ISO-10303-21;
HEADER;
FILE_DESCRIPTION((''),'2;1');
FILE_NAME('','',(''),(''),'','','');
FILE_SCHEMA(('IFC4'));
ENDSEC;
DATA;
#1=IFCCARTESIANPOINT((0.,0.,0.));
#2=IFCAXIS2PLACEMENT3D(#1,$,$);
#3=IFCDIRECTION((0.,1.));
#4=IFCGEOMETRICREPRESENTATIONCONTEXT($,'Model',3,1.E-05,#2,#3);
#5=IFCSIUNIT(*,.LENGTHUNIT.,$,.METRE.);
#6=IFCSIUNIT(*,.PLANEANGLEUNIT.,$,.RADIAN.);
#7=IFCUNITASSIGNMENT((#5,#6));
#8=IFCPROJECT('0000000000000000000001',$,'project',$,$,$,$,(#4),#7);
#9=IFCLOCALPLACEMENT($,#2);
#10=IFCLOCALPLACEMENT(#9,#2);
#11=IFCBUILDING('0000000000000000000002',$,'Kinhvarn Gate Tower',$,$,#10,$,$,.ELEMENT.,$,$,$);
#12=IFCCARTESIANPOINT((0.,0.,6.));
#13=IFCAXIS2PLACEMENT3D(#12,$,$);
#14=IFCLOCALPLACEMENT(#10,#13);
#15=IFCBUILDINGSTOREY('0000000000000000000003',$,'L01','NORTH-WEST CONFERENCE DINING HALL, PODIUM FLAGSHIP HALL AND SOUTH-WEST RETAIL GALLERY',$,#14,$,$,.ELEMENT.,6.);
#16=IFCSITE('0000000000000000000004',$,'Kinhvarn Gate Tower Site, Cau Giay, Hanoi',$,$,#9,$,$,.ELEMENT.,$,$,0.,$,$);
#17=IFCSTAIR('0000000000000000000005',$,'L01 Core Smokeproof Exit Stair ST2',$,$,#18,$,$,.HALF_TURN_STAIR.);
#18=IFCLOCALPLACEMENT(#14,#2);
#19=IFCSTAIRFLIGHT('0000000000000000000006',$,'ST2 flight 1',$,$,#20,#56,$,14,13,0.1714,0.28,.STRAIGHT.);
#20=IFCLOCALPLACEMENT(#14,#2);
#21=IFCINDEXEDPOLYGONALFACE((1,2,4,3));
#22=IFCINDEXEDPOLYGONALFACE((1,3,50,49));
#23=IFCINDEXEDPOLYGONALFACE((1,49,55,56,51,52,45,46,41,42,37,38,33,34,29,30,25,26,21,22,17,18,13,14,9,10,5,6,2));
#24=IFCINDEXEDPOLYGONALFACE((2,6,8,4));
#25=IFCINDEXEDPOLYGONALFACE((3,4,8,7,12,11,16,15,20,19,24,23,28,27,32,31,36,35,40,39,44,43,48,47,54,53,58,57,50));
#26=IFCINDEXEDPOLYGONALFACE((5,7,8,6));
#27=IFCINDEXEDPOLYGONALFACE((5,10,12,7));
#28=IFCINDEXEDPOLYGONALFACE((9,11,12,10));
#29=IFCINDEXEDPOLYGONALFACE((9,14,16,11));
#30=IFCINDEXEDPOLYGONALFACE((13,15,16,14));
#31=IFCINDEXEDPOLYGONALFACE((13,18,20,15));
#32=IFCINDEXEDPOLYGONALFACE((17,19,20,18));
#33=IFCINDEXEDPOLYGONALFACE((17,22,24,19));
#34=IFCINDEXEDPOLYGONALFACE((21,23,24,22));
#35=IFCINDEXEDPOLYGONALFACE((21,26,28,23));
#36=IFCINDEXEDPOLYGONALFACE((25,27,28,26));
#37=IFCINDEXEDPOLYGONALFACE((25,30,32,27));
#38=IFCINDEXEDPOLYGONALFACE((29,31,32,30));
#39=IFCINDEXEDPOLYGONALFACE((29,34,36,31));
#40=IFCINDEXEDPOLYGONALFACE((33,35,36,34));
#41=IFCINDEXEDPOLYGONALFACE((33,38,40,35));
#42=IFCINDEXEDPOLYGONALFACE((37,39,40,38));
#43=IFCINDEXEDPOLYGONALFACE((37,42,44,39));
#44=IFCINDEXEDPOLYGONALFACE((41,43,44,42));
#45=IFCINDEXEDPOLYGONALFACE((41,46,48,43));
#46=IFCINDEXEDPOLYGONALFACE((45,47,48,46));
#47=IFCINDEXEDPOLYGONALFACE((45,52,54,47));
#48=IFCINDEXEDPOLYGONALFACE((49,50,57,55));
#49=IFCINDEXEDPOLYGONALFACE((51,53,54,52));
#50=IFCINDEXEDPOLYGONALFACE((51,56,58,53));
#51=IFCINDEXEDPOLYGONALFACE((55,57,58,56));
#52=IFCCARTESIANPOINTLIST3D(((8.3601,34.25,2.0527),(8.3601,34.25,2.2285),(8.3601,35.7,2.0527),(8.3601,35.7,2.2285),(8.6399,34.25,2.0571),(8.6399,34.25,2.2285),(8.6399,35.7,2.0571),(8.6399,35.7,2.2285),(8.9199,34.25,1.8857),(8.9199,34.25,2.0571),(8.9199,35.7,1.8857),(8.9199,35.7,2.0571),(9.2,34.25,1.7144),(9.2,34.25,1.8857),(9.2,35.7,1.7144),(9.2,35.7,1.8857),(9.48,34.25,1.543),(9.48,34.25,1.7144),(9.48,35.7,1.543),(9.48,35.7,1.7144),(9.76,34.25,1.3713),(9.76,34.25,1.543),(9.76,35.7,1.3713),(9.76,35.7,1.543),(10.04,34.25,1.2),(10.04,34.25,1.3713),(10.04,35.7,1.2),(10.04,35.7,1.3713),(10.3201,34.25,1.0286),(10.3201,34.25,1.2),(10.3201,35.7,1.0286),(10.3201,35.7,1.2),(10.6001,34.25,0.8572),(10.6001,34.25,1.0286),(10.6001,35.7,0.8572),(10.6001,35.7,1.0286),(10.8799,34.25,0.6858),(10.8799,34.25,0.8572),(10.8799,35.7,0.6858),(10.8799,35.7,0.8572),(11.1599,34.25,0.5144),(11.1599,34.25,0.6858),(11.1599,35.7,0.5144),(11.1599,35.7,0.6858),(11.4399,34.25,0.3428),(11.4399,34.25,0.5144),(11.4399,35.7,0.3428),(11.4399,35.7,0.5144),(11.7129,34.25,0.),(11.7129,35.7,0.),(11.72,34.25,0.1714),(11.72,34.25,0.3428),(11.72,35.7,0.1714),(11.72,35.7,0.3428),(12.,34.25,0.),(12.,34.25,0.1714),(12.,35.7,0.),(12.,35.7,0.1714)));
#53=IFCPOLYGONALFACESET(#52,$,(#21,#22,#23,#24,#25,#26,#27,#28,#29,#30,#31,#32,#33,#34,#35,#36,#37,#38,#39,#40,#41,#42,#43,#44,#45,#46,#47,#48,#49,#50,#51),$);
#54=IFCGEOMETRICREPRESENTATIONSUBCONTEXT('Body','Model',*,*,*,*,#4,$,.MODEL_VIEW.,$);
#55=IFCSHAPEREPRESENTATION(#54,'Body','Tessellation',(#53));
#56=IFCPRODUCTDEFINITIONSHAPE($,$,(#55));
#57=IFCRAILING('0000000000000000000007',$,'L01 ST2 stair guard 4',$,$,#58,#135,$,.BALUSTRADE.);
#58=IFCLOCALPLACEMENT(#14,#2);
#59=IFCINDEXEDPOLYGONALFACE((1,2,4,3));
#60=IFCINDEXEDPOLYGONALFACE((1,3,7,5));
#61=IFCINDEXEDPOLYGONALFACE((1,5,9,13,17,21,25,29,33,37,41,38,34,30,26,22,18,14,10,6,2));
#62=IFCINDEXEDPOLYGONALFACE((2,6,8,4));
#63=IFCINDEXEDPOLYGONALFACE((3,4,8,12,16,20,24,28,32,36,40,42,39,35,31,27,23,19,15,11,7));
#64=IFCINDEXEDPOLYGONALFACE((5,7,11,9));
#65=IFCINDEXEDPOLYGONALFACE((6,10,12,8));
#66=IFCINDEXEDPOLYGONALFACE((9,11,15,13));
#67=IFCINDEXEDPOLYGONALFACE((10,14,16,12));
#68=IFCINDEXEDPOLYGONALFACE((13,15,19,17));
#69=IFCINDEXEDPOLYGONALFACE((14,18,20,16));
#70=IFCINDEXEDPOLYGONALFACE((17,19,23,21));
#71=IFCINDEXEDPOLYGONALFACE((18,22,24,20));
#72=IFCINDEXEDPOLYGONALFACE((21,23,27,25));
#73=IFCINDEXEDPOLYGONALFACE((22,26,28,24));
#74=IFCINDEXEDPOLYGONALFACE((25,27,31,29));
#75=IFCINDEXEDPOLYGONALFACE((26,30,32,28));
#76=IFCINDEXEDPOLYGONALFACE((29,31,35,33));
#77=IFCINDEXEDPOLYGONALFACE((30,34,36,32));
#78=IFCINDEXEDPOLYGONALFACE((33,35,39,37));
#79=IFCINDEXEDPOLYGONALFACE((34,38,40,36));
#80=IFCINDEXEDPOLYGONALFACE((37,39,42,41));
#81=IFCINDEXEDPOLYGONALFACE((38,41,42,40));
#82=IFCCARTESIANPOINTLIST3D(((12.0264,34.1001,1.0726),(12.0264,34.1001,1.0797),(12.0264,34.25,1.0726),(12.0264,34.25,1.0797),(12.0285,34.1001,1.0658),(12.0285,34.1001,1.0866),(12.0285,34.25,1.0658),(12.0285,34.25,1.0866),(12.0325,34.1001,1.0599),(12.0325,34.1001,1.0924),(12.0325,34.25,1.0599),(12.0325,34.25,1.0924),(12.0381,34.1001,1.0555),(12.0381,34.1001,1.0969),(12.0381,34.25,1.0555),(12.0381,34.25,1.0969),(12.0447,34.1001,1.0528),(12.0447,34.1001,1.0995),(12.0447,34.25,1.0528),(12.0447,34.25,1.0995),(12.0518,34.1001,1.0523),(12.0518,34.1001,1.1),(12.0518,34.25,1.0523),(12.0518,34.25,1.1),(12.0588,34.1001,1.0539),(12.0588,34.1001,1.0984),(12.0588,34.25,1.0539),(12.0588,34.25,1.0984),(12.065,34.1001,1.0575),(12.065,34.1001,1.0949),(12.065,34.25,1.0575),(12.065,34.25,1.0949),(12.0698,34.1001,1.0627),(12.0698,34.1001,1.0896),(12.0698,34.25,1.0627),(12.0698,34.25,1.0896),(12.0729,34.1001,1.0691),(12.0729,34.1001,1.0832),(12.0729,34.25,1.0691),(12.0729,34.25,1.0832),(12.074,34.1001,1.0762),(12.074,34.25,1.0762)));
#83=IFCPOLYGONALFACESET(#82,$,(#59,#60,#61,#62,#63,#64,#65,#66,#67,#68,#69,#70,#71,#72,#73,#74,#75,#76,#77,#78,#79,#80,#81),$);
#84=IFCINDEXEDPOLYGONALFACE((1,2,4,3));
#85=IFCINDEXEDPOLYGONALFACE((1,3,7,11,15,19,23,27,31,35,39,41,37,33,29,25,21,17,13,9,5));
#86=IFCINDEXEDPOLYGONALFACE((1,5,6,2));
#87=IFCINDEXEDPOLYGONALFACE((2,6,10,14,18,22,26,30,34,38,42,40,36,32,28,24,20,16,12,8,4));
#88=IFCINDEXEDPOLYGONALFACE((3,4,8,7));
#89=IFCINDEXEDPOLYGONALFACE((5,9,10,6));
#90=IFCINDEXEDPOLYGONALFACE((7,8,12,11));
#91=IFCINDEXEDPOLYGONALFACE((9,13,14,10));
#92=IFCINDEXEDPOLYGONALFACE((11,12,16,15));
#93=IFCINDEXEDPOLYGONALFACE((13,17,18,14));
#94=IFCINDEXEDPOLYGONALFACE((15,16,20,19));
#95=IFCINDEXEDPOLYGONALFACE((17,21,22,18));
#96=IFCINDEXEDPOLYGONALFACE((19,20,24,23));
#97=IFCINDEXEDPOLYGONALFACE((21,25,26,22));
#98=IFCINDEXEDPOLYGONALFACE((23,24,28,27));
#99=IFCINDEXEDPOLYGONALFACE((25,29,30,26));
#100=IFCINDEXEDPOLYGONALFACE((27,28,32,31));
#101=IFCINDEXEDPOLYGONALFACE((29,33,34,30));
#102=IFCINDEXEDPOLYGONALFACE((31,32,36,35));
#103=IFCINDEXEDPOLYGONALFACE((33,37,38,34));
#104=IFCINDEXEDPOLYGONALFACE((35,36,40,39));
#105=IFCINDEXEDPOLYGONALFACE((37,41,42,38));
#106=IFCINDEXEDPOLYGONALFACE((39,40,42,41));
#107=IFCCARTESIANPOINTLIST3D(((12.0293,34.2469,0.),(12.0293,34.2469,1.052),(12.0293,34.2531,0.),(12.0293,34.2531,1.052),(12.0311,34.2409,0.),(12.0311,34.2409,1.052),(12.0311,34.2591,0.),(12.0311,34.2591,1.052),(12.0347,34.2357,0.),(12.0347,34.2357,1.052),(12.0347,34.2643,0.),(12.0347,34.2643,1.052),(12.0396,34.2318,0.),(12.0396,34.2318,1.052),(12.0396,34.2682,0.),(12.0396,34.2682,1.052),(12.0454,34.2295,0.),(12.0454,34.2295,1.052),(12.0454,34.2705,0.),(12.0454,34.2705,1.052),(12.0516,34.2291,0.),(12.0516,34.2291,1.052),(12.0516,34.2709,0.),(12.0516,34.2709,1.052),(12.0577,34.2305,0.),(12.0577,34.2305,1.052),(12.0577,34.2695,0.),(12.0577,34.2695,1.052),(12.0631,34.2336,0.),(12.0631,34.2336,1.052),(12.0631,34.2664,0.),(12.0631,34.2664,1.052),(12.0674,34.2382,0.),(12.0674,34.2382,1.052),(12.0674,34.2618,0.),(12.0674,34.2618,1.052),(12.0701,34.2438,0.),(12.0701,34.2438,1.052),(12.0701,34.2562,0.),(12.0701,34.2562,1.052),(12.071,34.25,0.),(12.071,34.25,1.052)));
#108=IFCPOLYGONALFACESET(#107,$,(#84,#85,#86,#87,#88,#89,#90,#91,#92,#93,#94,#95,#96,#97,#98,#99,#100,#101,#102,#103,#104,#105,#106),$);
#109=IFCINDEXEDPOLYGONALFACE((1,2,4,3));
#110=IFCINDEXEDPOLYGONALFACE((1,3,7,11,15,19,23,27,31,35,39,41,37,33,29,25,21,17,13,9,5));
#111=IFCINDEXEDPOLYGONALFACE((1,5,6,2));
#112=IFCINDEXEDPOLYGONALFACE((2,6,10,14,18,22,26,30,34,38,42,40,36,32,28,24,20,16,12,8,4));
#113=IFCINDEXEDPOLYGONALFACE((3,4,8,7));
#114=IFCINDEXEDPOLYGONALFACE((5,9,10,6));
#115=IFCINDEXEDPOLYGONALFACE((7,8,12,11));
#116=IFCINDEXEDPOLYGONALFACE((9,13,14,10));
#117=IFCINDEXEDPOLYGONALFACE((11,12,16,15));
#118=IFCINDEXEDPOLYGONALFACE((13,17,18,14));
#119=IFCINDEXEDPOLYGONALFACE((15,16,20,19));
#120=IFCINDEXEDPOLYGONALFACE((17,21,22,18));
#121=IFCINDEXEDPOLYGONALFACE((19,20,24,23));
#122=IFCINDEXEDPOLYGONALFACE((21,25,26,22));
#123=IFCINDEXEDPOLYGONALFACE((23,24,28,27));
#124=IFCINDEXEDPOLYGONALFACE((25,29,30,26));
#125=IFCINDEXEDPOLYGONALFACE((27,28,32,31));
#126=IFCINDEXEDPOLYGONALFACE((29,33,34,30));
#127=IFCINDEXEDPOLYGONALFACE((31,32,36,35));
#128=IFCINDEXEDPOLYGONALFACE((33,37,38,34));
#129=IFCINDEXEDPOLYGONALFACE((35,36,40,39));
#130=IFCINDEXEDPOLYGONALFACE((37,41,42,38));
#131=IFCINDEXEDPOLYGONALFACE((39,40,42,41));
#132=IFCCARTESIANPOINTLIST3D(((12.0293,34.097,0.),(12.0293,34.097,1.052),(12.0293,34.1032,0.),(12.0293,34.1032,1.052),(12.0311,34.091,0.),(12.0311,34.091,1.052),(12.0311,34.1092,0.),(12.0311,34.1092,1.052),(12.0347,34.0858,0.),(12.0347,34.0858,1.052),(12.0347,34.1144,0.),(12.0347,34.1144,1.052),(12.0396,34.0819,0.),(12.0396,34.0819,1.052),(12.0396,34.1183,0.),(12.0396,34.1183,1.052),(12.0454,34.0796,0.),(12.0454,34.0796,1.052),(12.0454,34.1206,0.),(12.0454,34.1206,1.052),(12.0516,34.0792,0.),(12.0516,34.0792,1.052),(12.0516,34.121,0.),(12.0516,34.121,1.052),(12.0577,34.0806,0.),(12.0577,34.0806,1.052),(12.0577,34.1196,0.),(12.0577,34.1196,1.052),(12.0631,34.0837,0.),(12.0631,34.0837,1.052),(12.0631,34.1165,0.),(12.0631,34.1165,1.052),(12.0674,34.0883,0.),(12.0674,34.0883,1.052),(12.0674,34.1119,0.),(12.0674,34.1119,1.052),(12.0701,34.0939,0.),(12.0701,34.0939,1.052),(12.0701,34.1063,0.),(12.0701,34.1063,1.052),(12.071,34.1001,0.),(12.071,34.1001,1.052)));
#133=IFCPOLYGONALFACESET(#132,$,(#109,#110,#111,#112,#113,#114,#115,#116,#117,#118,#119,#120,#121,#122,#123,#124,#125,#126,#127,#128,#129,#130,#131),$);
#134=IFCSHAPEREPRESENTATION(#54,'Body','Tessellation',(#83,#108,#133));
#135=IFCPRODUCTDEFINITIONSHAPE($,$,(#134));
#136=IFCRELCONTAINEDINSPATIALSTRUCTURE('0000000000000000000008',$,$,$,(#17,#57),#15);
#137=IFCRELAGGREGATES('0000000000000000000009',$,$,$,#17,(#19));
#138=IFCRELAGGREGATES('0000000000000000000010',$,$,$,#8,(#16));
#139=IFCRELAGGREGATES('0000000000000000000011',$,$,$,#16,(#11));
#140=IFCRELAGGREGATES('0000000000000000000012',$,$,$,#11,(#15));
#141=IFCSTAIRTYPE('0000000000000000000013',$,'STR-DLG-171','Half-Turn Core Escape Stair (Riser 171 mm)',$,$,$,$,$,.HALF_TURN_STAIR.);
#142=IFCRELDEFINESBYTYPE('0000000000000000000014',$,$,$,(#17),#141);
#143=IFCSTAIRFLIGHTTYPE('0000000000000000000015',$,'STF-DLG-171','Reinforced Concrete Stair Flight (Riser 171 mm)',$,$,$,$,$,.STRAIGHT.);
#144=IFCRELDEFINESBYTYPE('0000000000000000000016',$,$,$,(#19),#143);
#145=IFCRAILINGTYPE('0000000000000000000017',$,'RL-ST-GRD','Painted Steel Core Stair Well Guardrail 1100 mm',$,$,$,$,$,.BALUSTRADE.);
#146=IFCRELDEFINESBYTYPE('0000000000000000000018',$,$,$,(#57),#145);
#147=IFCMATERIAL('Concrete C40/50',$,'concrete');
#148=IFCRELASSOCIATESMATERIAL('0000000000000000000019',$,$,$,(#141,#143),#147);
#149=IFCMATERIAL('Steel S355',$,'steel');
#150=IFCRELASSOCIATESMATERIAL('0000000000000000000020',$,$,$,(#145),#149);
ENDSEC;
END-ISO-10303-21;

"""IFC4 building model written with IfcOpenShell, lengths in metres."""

from ifc_helpers import new_model, si_unit, direction, frame, origin, origin_2d, place, context, subcontext, project, spatial, polyline, circle, outline, extrude, material, type_object, element, aggregate, save


model = new_model("IFC4")

# Units and contexts
model_context = context("Model", 3, precision=1e-05, world=origin(), true_north=direction((0.0, 1.0)))
body_context = subcontext(model_context, "Body", "Model", "MODEL_VIEW")
ifc_project = project(units=[si_unit("LENGTHUNIT", "METRE"), si_unit("PLANEANGLEUNIT", "RADIAN")], contexts=[model_context])

# Site, building, storey
site_placement = place(None, origin())
site = spatial("IfcSite", under=ifc_project, at=site_placement, Name="Kinhvarn Gate Tower Site, Cau Giay, Hanoi", CompositionType="ELEMENT", RefElevation=0.0)
building_placement = place(site_placement, origin())
building = spatial("IfcBuilding", under=site, at=building_placement, Name="Kinhvarn Gate Tower", CompositionType="ELEMENT")
storey_placement = place(building_placement, frame((0.0, 0.0, 6.0)))
storey = spatial("IfcBuildingStorey", under=building, at=storey_placement, Name="L01", Description="NORTH-WEST CONFERENCE DINING HALL, PODIUM FLAGSHIP HALL AND SOUTH-WEST RETAIL GALLERY", CompositionType="ELEMENT", Elevation=6.0)

# Shared definitions
ifc_material_1 = material(Name="Steel S355", Category="steel")

# Stair, stair flight
ifc_material_2 = material(Name="Concrete C40/50", Category="concrete")
stair_type = type_object("IfcStairType", Name="STR-DLG-171", Description="Half-Turn Core Escape Stair (Riser 171 mm)", PredefinedType="HALF_TURN_STAIR", material=ifc_material_2)
stair_placement = place(storey_placement, origin())
stair = element("IfcStair", 1, at=stair_placement, inside=storey, type_object=stair_type, Name="L01 Core Smokeproof Exit Stair ST2", PredefinedType="HALF_TURN_STAIR")
stair_flight_type = type_object("IfcStairFlightType", Name="STF-DLG-171", Description="Reinforced Concrete Stair Flight (Riser 171 mm)", PredefinedType="STRAIGHT", material=ifc_material_2)
stair_flight_placement = place(storey_placement, frame((12.0, 34.9751, 0.0), z_axis=(0.0, 0.0, 1.0), x_axis=(-1.0, 0.0, 0.0)))
stair_flight = element("IfcStairFlight", 2, at=stair_flight_placement, type_object=stair_flight_type, Name="ST2 flight 1", NumberOfRisers=14, NumberOfTreads=13, PredefinedType="STRAIGHT", RiserHeight=0.1714, TreadLength=0.28, context=body_context, shape_type="SweptSolid", body=[
    extrude(outline(polyline([(0.0, 0.0), (0.0, 0.1714), (0.28, 0.1714), (0.28, 0.3428), (0.5601, 0.3428), (0.5601, 0.5144), (0.8401, 0.5144), (0.8401, 0.6858), (1.1201, 0.6858), (1.1201, 0.8572), (1.3999, 0.8572), (1.3999, 1.0286), (1.6799, 1.0286), (1.6799, 1.2), (1.96, 1.2), (1.96, 1.3713), (2.24, 1.3713), (2.24, 1.543), (2.52, 1.543), (2.52, 1.7144), (2.8, 1.7144), (2.8, 1.8857), (3.0801, 1.8857), (3.0801, 2.0571), (3.3601, 2.0571), (3.3601, 2.2285), (3.6399, 2.2285), (3.6399, 2.3999), (3.6399, 2.0527), (0.2871, 0.0), (0.0, 0.0)])), frame((0.0, 0.7251, 0.0), z_axis=(0.0, -1.0, 0.0), x_axis=(1.0, 0.0, 0.0)), (0.0, 0.0, 1.0), 1.45),
])
aggregate(stair, [stair_flight])

# Railing
railing_type_1 = type_object("IfcRailingType", Name="RL-ST-GRD", Description="Painted Steel Core Stair Well Guardrail 1100 mm", PredefinedType="BALUSTRADE", material=ifc_material_1)
railing_1_placement = place(storey_placement, frame((12.05, 34.25, 0.0)))
element("IfcRailing", 3, at=railing_1_placement, inside=storey, type_object=railing_type_1, Name="L01 ST2 stair guard 4", PredefinedType="BALUSTRADE", context=body_context, shape_type="SweptSolid", body=[
    extrude(circle(Radius=0.0239, at=origin_2d()), frame((0.0, 0.0, 1.0762), z_axis=(0.0, -1.0, 0.0), x_axis=(1.0, 0.0, 0.0)), (0.0, 0.0, 1.0), 0.1499),
    extrude(circle(Radius=0.021, at=origin_2d()), origin(), (0.0, 0.0, 1.0), 1.052),
    extrude(circle(Radius=0.021, at=origin_2d()), frame((0.0, -0.1499, 0.0)), (0.0, 0.0, 1.0), 1.052),
])

save(model, "model.ifc")
